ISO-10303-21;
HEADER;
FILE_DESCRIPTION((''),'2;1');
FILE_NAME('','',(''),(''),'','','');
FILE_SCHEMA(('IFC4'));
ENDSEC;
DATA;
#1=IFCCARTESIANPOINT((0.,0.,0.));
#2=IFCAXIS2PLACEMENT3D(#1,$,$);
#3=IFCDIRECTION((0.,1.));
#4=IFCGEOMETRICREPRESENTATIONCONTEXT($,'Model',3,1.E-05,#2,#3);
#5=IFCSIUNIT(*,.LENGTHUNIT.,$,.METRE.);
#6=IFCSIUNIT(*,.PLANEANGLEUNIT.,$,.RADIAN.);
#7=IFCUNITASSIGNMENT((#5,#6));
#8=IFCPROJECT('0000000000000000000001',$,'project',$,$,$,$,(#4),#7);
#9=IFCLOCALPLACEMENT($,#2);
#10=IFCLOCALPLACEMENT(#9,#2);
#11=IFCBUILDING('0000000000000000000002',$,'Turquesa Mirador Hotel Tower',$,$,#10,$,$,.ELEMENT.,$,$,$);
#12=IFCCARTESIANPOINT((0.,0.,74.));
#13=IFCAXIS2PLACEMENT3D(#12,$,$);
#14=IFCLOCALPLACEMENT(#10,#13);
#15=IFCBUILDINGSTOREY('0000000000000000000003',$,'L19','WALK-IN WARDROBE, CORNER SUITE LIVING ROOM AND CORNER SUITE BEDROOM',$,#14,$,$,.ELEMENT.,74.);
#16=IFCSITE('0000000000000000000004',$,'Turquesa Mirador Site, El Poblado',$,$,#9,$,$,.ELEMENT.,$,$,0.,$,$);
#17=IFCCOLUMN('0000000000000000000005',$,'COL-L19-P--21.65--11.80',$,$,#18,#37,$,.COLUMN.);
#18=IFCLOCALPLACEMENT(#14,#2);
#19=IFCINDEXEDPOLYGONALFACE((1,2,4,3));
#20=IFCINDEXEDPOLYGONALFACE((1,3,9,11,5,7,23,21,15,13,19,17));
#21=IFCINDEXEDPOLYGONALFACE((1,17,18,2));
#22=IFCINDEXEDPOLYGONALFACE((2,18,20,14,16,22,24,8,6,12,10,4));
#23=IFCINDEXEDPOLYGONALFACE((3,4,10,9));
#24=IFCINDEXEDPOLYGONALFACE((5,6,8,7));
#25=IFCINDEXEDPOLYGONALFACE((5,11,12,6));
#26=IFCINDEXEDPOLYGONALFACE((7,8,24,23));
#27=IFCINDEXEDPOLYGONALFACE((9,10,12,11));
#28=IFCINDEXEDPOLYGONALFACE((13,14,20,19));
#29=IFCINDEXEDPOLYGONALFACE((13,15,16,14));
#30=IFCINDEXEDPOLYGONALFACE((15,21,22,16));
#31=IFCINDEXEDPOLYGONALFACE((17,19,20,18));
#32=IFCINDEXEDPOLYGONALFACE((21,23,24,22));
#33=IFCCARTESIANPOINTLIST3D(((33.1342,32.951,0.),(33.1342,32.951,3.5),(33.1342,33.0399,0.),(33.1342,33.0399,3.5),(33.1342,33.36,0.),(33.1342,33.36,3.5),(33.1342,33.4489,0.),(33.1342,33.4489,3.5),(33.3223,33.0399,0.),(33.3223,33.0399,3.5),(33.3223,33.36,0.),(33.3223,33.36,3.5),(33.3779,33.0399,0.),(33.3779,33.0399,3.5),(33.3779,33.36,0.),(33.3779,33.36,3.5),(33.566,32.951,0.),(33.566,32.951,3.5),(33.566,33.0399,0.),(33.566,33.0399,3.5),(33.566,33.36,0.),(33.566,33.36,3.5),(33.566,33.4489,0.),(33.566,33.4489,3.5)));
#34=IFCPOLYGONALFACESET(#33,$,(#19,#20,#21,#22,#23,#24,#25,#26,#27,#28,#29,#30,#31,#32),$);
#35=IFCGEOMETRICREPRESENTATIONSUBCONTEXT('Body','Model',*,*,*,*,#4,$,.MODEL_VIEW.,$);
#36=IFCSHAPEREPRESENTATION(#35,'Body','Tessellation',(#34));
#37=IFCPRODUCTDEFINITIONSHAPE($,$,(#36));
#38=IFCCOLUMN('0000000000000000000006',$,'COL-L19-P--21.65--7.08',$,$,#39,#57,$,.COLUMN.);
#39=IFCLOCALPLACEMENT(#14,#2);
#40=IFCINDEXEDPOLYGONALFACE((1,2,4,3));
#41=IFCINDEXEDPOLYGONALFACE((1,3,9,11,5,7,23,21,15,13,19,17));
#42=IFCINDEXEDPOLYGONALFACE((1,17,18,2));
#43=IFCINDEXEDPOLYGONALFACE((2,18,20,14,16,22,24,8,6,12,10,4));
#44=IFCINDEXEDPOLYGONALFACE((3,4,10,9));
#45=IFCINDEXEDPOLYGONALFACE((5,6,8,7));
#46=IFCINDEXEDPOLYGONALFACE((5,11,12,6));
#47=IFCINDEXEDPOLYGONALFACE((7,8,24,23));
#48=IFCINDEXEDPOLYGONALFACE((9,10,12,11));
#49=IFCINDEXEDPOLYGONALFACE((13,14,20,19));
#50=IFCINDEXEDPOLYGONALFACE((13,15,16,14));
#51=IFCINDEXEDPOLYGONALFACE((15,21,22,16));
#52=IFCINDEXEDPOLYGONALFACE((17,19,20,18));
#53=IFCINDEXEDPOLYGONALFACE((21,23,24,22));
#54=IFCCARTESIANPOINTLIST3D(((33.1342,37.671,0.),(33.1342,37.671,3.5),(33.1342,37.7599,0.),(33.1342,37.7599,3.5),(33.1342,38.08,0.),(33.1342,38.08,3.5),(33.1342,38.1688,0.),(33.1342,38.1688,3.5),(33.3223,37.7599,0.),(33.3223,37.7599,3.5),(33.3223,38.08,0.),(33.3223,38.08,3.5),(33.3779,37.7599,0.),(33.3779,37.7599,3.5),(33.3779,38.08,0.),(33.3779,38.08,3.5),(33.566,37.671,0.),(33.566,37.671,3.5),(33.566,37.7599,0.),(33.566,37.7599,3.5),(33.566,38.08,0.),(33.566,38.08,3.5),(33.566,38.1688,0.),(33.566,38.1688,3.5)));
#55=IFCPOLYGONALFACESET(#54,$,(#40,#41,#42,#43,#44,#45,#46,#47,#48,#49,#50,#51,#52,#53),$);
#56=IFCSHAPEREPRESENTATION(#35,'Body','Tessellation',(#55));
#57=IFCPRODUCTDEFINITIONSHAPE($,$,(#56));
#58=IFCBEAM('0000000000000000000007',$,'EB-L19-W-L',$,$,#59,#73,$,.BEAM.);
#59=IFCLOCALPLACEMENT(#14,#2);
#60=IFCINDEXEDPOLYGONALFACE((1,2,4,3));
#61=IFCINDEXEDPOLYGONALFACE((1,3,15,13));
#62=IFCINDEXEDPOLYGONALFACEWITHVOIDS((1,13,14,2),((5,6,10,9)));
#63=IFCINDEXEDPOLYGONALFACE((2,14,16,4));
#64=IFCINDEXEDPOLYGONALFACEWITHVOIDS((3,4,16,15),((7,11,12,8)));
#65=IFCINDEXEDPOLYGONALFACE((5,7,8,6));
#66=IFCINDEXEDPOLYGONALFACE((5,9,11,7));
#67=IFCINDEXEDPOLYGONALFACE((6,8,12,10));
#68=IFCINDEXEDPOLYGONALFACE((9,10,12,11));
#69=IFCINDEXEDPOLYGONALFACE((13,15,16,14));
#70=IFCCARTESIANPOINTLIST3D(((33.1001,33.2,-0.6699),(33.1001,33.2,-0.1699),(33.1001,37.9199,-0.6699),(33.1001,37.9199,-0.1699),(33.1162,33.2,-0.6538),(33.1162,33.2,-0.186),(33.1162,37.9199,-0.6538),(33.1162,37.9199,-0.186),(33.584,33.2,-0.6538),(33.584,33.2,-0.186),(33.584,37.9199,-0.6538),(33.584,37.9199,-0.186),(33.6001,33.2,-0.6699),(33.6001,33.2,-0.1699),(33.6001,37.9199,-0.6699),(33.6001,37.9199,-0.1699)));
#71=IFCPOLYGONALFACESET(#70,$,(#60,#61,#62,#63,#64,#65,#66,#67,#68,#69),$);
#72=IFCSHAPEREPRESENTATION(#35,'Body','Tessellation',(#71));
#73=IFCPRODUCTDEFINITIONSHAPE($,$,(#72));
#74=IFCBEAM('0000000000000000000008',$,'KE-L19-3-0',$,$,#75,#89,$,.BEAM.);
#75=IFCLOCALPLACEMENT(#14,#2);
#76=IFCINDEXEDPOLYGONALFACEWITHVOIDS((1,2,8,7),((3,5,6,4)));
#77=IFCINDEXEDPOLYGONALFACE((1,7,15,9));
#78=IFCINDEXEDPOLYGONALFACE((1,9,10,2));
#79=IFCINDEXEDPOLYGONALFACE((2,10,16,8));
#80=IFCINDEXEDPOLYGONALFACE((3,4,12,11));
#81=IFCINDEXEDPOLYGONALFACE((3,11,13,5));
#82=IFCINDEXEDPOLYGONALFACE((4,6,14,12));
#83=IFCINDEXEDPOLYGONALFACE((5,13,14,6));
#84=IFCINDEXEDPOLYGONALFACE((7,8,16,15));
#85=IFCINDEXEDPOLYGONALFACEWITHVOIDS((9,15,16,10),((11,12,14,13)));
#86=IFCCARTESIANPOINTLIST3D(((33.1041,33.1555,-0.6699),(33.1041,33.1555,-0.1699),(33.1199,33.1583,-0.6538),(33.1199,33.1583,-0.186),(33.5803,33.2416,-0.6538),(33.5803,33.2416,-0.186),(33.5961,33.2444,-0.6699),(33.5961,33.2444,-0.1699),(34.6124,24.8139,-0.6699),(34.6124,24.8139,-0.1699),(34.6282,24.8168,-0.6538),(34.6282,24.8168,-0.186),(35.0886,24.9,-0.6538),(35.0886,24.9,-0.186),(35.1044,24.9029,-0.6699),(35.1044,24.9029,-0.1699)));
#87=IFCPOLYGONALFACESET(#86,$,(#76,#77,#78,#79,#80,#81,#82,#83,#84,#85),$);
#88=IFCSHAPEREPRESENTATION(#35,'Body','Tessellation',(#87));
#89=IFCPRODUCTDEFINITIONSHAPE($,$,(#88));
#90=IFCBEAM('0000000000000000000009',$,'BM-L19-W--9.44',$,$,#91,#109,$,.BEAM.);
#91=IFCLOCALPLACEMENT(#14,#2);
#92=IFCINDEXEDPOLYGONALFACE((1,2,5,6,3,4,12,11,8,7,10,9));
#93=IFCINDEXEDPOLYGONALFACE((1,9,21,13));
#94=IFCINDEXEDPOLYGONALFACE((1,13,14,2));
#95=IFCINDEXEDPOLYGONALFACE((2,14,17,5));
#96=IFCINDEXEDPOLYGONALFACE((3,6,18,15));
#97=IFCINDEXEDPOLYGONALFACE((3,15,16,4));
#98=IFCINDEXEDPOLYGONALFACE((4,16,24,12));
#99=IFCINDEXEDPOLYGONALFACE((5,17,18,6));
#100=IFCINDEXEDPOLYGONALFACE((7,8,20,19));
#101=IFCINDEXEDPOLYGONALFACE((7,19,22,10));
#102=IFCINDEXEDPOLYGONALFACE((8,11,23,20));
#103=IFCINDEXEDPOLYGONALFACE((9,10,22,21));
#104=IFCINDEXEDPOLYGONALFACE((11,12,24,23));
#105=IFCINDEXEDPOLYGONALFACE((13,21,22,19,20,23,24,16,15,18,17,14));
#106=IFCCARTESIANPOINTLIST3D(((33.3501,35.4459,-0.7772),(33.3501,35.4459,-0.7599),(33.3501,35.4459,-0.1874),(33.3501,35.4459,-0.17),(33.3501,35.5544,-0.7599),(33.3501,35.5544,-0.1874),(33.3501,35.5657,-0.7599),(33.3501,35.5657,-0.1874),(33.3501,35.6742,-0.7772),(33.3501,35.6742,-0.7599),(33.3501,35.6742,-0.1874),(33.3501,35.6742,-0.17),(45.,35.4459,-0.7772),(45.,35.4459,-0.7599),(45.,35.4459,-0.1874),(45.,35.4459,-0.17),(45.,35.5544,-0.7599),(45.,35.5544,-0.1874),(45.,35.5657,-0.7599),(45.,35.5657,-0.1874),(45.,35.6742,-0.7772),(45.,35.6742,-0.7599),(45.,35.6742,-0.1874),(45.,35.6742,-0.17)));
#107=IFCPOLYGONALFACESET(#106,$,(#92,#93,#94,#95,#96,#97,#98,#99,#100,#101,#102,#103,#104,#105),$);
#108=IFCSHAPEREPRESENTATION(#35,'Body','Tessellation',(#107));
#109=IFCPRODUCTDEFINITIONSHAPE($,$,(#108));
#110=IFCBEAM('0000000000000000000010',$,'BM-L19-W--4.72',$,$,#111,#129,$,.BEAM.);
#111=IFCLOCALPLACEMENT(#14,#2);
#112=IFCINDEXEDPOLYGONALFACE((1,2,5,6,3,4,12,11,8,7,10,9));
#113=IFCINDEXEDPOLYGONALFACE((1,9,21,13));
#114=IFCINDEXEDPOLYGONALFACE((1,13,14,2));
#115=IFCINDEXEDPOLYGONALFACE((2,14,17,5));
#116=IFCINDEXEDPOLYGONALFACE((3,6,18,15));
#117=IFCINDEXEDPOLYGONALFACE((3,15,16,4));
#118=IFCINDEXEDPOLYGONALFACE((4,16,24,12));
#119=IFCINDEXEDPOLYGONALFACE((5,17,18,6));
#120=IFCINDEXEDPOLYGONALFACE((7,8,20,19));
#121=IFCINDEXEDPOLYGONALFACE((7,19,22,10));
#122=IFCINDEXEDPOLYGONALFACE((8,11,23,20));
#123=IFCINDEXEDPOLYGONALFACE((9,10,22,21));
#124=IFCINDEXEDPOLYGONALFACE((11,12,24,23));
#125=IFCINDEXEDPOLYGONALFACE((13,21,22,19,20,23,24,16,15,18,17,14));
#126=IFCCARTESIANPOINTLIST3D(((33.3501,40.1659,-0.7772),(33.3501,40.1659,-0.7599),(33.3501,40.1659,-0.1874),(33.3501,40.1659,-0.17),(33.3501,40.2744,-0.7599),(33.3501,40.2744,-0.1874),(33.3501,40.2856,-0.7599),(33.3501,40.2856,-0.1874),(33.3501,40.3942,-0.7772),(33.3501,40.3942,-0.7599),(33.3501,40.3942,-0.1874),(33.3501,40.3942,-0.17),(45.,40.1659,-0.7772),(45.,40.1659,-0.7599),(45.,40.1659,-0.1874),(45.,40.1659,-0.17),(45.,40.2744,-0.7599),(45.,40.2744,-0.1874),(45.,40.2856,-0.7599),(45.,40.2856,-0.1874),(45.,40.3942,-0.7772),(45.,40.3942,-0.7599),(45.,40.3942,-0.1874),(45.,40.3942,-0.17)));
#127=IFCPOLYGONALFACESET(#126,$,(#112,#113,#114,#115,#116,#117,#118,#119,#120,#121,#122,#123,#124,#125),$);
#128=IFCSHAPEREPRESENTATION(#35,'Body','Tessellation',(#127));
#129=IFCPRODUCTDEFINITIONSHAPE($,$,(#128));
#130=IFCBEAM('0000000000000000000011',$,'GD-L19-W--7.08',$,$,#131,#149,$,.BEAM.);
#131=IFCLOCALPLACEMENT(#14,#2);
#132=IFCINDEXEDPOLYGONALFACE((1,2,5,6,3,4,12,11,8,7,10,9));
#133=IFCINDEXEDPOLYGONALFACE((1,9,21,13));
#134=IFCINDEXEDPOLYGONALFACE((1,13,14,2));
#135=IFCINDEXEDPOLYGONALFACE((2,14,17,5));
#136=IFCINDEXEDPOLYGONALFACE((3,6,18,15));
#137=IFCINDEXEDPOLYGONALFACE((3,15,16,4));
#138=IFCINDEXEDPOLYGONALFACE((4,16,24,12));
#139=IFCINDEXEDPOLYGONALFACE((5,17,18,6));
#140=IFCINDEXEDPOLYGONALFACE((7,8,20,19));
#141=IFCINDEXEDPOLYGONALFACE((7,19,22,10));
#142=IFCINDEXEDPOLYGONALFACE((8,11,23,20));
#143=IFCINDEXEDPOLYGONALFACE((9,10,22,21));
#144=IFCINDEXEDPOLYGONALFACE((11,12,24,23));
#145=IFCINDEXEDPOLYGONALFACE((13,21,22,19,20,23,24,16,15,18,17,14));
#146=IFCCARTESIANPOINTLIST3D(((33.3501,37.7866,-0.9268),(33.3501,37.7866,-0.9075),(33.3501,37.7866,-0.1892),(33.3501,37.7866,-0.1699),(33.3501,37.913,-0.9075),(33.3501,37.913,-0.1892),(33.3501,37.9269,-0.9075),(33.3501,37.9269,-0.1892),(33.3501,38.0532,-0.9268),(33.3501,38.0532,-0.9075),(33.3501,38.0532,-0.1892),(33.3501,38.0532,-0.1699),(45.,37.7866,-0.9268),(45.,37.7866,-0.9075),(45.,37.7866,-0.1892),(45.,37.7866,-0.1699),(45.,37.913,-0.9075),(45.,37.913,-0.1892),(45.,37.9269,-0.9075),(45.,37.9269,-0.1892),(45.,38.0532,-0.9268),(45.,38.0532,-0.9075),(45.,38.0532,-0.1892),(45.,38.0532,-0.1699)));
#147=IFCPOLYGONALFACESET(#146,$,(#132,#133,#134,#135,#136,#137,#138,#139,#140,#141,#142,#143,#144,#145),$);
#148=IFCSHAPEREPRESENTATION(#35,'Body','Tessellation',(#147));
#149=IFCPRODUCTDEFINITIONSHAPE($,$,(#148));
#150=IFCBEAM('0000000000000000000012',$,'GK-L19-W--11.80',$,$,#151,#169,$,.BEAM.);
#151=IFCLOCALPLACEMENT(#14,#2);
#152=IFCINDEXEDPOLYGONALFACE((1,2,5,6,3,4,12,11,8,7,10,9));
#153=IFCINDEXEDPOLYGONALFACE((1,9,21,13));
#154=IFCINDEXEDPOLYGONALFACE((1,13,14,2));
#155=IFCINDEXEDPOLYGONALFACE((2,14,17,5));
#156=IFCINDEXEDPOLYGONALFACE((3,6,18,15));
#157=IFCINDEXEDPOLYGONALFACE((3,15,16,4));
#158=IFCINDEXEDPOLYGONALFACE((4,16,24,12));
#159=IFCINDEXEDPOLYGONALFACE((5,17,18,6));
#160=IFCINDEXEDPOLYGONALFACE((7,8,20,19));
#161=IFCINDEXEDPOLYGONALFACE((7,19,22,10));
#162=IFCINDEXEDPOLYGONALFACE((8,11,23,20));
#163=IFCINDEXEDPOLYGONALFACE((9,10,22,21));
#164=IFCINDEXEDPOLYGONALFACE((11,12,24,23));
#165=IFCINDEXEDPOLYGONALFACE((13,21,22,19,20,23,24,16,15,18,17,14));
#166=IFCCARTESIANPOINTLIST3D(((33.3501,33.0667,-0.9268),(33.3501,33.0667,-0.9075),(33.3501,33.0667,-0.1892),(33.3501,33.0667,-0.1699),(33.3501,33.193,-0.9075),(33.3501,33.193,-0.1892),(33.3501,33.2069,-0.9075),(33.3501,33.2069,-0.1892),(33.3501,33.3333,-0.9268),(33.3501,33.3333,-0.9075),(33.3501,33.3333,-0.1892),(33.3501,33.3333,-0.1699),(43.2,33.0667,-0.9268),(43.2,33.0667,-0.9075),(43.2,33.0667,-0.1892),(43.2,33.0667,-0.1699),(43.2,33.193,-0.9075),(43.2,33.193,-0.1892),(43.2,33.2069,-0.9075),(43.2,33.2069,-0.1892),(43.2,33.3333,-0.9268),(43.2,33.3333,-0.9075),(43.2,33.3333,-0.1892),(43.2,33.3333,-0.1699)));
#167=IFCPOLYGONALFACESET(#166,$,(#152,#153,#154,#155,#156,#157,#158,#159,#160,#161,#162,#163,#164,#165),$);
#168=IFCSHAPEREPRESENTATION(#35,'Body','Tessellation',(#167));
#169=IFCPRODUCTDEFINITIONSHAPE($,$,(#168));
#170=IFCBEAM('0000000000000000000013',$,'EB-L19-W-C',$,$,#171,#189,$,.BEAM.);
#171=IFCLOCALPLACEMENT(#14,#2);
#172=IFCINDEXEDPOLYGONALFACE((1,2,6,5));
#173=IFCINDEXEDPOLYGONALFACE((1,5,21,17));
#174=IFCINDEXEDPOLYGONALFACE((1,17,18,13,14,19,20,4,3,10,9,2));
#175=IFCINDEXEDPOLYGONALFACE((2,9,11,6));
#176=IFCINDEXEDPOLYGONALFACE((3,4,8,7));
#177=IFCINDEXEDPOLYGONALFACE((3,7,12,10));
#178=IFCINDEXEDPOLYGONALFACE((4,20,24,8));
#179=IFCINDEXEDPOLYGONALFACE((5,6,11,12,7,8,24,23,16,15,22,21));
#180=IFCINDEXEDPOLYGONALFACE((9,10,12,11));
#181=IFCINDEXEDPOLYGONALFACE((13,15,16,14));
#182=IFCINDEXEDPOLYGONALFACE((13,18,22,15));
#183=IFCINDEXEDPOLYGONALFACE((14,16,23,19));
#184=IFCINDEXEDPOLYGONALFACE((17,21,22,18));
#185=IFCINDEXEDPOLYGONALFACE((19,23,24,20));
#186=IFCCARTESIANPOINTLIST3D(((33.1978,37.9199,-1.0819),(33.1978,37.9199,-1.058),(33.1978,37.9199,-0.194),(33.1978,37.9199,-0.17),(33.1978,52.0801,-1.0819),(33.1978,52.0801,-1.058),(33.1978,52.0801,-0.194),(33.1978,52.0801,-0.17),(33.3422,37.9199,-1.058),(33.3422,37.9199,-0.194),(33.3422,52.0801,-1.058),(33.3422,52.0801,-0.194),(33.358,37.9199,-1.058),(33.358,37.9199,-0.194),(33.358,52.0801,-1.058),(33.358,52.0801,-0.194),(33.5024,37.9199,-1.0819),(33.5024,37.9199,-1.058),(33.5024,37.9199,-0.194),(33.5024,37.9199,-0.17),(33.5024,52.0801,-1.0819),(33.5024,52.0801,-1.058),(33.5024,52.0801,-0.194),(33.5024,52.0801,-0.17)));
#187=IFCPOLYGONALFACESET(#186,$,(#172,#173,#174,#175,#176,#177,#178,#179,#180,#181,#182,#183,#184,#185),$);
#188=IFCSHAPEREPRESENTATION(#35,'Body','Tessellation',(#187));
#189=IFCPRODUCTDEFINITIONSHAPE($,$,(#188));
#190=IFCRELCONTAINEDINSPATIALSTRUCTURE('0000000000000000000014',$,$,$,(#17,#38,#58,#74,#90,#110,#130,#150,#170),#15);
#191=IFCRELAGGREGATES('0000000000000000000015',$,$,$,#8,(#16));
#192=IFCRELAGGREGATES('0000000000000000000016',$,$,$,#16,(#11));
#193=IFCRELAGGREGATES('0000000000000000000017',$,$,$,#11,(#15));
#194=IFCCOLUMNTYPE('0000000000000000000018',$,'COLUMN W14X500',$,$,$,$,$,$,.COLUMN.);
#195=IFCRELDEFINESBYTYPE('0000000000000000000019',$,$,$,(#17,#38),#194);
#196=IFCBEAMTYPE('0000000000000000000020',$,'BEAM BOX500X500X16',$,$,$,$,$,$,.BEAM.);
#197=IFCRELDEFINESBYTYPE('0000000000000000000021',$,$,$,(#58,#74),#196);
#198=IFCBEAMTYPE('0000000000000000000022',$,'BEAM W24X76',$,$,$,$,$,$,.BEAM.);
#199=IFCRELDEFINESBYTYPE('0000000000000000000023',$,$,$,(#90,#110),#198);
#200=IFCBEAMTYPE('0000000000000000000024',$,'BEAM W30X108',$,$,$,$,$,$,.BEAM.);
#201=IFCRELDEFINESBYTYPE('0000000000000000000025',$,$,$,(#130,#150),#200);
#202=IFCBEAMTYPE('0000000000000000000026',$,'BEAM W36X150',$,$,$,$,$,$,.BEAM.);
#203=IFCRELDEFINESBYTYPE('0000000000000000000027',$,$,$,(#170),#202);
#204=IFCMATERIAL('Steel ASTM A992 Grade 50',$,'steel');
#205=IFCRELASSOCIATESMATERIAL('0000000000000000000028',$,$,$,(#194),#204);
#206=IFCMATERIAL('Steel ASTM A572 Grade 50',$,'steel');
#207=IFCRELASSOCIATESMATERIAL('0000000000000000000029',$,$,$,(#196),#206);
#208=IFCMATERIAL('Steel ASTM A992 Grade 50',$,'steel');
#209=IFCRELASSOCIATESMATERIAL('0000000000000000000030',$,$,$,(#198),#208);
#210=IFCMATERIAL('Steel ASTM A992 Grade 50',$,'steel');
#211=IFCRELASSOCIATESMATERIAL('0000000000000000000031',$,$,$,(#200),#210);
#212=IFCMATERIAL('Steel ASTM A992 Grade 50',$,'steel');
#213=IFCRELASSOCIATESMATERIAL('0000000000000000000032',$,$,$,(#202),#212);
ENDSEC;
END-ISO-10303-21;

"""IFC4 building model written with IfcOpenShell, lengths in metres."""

from ifc_helpers import new_model, si_unit, direction, frame, origin, origin_2d, place, context, subcontext, project, spatial, hollow_rectangle, i_section, extrude, material, material_profile, profile_set, type_object, element, save


model = new_model("IFC4")

# Units and contexts
model_context = context("Model", 3, precision=1e-05, world=origin(), true_north=direction((0.0, 1.0)))
body_context = subcontext(model_context, "Body", "Model", "MODEL_VIEW")
ifc_project = project(units=[si_unit("LENGTHUNIT", "METRE"), si_unit("PLANEANGLEUNIT", "RADIAN")], contexts=[model_context])

# Site, building, storey
site_placement = place(None, origin())
site = spatial("IfcSite", under=ifc_project, at=site_placement, Name="Turquesa Mirador Site, El Poblado", CompositionType="ELEMENT", RefElevation=0.0)
building_placement = place(site_placement, origin())
building = spatial("IfcBuilding", under=site, at=building_placement, Name="Turquesa Mirador Hotel Tower", CompositionType="ELEMENT")
storey_placement = place(building_placement, frame((0.0, 0.0, 74.0)))
storey = spatial("IfcBuildingStorey", under=building, at=storey_placement, Name="L19", Description="WALK-IN WARDROBE, CORNER SUITE LIVING ROOM AND CORNER SUITE BEDROOM", CompositionType="ELEMENT", Elevation=74.0)

# Columns
ifc_material_1 = material(Name="Steel ASTM A992 Grade 50", Category="steel")
ifc_material_profile_1 = material_profile(ifc_material_1, i_section(OverallWidth=0.4319, OverallDepth=0.4978, WebThickness=0.0557, FlangeThickness=0.0889, at=origin_2d()), Name="W14X500")
ifc_profile_set_1 = profile_set([ifc_material_profile_1], Name="Steel ASTM A992 Grade 50")
column_type = type_object("IfcColumnType", Name="COLUMN W14X500", PredefinedType="COLUMN", material=ifc_profile_set_1)
for number, where, z_axis, x_axis, name in (
    (1, (33.3501, 33.2, 0.0), (0.0, 0.0, 1.0), (1.0, 0.0, 0.0), "COL-L19-P--21.65--11.80"),
    (2, (33.3501, 37.9199, 0.0), (0.0, 0.0, 1.0), (1.0, 0.0, 0.0), "COL-L19-P--21.65--7.08"),
):
    element("IfcColumn", number, at=place(storey_placement, frame(where, z_axis=z_axis, x_axis=x_axis)), inside=storey, type_object=column_type, Name=name, PredefinedType="COLUMN", context=body_context, shape_type="SweptSolid", body=[
        extrude(i_section(OverallWidth=0.4319, OverallDepth=0.4978, WebThickness=0.0557, FlangeThickness=0.0889, at=origin_2d()), origin(), (0.0, 0.0, 1.0), 3.5),
    ])

# Beams
ifc_material_2 = material(Name="Steel ASTM A572 Grade 50", Category="steel")
ifc_material_profile_2 = material_profile(ifc_material_2, hollow_rectangle(XDim=0.5, YDim=0.5, WallThickness=0.0161, at=origin_2d()), Name="BOX500X500X16")
ifc_profile_set_2 = profile_set([ifc_material_profile_2], Name="Steel ASTM A572 Grade 50")
beam_type_1 = type_object("IfcBeamType", Name="BEAM BOX500X500X16", PredefinedType="BEAM", material=ifc_profile_set_2)
beam_1_placement = place(storey_placement, frame((33.3501, 33.2, -0.4199), z_axis=(0.0, 1.0, 0.0), x_axis=(-1.0, 0.0, 0.0)))
element("IfcBeam", 3, at=beam_1_placement, inside=storey, type_object=beam_type_1, Name="EB-L19-W-L", PredefinedType="BEAM", context=body_context, shape_type="SweptSolid", body=[
    extrude(hollow_rectangle(XDim=0.5, YDim=0.5, WallThickness=0.0161, at=origin_2d()), origin(), (0.0, 0.0, 1.0), 4.72),
])
beam_2_placement = place(storey_placement, frame((33.3501, 33.2, -0.4199), z_axis=(0.177932, -0.984043, 0.0), x_axis=(0.984043, 0.177932, 0.0)))
element("IfcBeam", 4, at=beam_2_placement, inside=storey, type_object=beam_type_1, Name="KE-L19-3-0", PredefinedType="BEAM", context=body_context, shape_type="SweptSolid", body=[
    extrude(hollow_rectangle(XDim=0.5, YDim=0.5, WallThickness=0.0161, at=origin_2d()), origin(), (0.0, 0.0, 1.0), 8.4768),
])
ifc_material_3 = material(Name="Steel ASTM A992 Grade 50", Category="steel")
ifc_material_profile_3 = material_profile(ifc_material_3, i_section(OverallWidth=0.2283, OverallDepth=0.6072, WebThickness=0.0112, FlangeThickness=0.0173, at=origin_2d()), Name="W24X76")
ifc_profile_set_3 = profile_set([ifc_material_profile_3], Name="Steel ASTM A992 Grade 50")
beam_type_2 = type_object("IfcBeamType", Name="BEAM W24X76", PredefinedType="BEAM", material=ifc_profile_set_3)
for number, where, z_axis, x_axis, name in (
    (5, (33.3501, 35.5601, -0.4736), (1.0, 0.0, 0.0), (0.0, 1.0, 0.0), "BM-L19-W--9.44"),
    (6, (33.3501, 40.28, -0.4736), (1.0, 0.0, 0.0), (0.0, 1.0, 0.0), "BM-L19-W--4.72"),
):
    element("IfcBeam", number, at=place(storey_placement, frame(where, z_axis=z_axis, x_axis=x_axis)), inside=storey, type_object=beam_type_2, Name=name, PredefinedType="BEAM", context=body_context, shape_type="SweptSolid", body=[
        extrude(i_section(OverallWidth=0.2283, OverallDepth=0.6072, WebThickness=0.0112, FlangeThickness=0.0173, at=origin_2d()), origin(), (0.0, 0.0, 1.0), 11.6499),
    ])
ifc_material_4 = material(Name="Steel ASTM A992 Grade 50", Category="steel")
ifc_material_profile_4 = material_profile(ifc_material_4, i_section(OverallWidth=0.2666, OverallDepth=0.7568, WebThickness=0.0139, FlangeThickness=0.0193, at=origin_2d()), Name="W30X108")
ifc_profile_set_4 = profile_set([ifc_material_profile_4], Name="Steel ASTM A992 Grade 50")
beam_type_3 = type_object("IfcBeamType", Name="BEAM W30X108", PredefinedType="BEAM", material=ifc_profile_set_4)
beam_3_placement = place(storey_placement, frame((33.3501, 37.9199, -0.5483), z_axis=(1.0, 0.0, 0.0), x_axis=(0.0, 1.0, 0.0)))
element("IfcBeam", 7, at=beam_3_placement, inside=storey, type_object=beam_type_3, Name="GD-L19-W--7.08", PredefinedType="BEAM", context=body_context, shape_type="SweptSolid", body=[
    extrude(i_section(OverallWidth=0.2666, OverallDepth=0.7568, WebThickness=0.0139, FlangeThickness=0.0193, at=origin_2d()), origin(), (0.0, 0.0, 1.0), 11.6499),
])
beam_4_placement = place(storey_placement, frame((33.3501, 33.2, -0.5483), z_axis=(1.0, 0.0, 0.0), x_axis=(0.0, 1.0, 0.0)))
element("IfcBeam", 8, at=beam_4_placement, inside=storey, type_object=beam_type_3, Name="GK-L19-W--11.80", PredefinedType="BEAM", context=body_context, shape_type="SweptSolid", body=[
    extrude(i_section(OverallWidth=0.2666, OverallDepth=0.7568, WebThickness=0.0139, FlangeThickness=0.0193, at=origin_2d()), origin(), (0.0, 0.0, 1.0), 9.8499),
])
ifc_material_5 = material(Name="Steel ASTM A992 Grade 50", Category="steel")
ifc_material_profile_5 = material_profile(ifc_material_5, i_section(OverallWidth=0.3047, OverallDepth=0.9119, WebThickness=0.0159, FlangeThickness=0.0239, at=origin_2d()), Name="W36X150")
ifc_profile_set_5 = profile_set([ifc_material_profile_5], Name="Steel ASTM A992 Grade 50")
beam_type_4 = type_object("IfcBeamType", Name="BEAM W36X150", PredefinedType="BEAM", material=ifc_profile_set_5)
beam_5_placement = place(storey_placement, frame((33.3501, 37.9199, -0.626), z_axis=(0.0, 1.0, 0.0), x_axis=(-1.0, 0.0, 0.0)))
element("IfcBeam", 9, at=beam_5_placement, inside=storey, type_object=beam_type_4, Name="EB-L19-W-C", PredefinedType="BEAM", context=body_context, shape_type="SweptSolid", body=[
    extrude(i_section(OverallWidth=0.3047, OverallDepth=0.9119, WebThickness=0.0159, FlangeThickness=0.0239, at=origin_2d()), origin(), (0.0, 0.0, 1.0), 14.1602),
])

save(model, "model.ifc")
